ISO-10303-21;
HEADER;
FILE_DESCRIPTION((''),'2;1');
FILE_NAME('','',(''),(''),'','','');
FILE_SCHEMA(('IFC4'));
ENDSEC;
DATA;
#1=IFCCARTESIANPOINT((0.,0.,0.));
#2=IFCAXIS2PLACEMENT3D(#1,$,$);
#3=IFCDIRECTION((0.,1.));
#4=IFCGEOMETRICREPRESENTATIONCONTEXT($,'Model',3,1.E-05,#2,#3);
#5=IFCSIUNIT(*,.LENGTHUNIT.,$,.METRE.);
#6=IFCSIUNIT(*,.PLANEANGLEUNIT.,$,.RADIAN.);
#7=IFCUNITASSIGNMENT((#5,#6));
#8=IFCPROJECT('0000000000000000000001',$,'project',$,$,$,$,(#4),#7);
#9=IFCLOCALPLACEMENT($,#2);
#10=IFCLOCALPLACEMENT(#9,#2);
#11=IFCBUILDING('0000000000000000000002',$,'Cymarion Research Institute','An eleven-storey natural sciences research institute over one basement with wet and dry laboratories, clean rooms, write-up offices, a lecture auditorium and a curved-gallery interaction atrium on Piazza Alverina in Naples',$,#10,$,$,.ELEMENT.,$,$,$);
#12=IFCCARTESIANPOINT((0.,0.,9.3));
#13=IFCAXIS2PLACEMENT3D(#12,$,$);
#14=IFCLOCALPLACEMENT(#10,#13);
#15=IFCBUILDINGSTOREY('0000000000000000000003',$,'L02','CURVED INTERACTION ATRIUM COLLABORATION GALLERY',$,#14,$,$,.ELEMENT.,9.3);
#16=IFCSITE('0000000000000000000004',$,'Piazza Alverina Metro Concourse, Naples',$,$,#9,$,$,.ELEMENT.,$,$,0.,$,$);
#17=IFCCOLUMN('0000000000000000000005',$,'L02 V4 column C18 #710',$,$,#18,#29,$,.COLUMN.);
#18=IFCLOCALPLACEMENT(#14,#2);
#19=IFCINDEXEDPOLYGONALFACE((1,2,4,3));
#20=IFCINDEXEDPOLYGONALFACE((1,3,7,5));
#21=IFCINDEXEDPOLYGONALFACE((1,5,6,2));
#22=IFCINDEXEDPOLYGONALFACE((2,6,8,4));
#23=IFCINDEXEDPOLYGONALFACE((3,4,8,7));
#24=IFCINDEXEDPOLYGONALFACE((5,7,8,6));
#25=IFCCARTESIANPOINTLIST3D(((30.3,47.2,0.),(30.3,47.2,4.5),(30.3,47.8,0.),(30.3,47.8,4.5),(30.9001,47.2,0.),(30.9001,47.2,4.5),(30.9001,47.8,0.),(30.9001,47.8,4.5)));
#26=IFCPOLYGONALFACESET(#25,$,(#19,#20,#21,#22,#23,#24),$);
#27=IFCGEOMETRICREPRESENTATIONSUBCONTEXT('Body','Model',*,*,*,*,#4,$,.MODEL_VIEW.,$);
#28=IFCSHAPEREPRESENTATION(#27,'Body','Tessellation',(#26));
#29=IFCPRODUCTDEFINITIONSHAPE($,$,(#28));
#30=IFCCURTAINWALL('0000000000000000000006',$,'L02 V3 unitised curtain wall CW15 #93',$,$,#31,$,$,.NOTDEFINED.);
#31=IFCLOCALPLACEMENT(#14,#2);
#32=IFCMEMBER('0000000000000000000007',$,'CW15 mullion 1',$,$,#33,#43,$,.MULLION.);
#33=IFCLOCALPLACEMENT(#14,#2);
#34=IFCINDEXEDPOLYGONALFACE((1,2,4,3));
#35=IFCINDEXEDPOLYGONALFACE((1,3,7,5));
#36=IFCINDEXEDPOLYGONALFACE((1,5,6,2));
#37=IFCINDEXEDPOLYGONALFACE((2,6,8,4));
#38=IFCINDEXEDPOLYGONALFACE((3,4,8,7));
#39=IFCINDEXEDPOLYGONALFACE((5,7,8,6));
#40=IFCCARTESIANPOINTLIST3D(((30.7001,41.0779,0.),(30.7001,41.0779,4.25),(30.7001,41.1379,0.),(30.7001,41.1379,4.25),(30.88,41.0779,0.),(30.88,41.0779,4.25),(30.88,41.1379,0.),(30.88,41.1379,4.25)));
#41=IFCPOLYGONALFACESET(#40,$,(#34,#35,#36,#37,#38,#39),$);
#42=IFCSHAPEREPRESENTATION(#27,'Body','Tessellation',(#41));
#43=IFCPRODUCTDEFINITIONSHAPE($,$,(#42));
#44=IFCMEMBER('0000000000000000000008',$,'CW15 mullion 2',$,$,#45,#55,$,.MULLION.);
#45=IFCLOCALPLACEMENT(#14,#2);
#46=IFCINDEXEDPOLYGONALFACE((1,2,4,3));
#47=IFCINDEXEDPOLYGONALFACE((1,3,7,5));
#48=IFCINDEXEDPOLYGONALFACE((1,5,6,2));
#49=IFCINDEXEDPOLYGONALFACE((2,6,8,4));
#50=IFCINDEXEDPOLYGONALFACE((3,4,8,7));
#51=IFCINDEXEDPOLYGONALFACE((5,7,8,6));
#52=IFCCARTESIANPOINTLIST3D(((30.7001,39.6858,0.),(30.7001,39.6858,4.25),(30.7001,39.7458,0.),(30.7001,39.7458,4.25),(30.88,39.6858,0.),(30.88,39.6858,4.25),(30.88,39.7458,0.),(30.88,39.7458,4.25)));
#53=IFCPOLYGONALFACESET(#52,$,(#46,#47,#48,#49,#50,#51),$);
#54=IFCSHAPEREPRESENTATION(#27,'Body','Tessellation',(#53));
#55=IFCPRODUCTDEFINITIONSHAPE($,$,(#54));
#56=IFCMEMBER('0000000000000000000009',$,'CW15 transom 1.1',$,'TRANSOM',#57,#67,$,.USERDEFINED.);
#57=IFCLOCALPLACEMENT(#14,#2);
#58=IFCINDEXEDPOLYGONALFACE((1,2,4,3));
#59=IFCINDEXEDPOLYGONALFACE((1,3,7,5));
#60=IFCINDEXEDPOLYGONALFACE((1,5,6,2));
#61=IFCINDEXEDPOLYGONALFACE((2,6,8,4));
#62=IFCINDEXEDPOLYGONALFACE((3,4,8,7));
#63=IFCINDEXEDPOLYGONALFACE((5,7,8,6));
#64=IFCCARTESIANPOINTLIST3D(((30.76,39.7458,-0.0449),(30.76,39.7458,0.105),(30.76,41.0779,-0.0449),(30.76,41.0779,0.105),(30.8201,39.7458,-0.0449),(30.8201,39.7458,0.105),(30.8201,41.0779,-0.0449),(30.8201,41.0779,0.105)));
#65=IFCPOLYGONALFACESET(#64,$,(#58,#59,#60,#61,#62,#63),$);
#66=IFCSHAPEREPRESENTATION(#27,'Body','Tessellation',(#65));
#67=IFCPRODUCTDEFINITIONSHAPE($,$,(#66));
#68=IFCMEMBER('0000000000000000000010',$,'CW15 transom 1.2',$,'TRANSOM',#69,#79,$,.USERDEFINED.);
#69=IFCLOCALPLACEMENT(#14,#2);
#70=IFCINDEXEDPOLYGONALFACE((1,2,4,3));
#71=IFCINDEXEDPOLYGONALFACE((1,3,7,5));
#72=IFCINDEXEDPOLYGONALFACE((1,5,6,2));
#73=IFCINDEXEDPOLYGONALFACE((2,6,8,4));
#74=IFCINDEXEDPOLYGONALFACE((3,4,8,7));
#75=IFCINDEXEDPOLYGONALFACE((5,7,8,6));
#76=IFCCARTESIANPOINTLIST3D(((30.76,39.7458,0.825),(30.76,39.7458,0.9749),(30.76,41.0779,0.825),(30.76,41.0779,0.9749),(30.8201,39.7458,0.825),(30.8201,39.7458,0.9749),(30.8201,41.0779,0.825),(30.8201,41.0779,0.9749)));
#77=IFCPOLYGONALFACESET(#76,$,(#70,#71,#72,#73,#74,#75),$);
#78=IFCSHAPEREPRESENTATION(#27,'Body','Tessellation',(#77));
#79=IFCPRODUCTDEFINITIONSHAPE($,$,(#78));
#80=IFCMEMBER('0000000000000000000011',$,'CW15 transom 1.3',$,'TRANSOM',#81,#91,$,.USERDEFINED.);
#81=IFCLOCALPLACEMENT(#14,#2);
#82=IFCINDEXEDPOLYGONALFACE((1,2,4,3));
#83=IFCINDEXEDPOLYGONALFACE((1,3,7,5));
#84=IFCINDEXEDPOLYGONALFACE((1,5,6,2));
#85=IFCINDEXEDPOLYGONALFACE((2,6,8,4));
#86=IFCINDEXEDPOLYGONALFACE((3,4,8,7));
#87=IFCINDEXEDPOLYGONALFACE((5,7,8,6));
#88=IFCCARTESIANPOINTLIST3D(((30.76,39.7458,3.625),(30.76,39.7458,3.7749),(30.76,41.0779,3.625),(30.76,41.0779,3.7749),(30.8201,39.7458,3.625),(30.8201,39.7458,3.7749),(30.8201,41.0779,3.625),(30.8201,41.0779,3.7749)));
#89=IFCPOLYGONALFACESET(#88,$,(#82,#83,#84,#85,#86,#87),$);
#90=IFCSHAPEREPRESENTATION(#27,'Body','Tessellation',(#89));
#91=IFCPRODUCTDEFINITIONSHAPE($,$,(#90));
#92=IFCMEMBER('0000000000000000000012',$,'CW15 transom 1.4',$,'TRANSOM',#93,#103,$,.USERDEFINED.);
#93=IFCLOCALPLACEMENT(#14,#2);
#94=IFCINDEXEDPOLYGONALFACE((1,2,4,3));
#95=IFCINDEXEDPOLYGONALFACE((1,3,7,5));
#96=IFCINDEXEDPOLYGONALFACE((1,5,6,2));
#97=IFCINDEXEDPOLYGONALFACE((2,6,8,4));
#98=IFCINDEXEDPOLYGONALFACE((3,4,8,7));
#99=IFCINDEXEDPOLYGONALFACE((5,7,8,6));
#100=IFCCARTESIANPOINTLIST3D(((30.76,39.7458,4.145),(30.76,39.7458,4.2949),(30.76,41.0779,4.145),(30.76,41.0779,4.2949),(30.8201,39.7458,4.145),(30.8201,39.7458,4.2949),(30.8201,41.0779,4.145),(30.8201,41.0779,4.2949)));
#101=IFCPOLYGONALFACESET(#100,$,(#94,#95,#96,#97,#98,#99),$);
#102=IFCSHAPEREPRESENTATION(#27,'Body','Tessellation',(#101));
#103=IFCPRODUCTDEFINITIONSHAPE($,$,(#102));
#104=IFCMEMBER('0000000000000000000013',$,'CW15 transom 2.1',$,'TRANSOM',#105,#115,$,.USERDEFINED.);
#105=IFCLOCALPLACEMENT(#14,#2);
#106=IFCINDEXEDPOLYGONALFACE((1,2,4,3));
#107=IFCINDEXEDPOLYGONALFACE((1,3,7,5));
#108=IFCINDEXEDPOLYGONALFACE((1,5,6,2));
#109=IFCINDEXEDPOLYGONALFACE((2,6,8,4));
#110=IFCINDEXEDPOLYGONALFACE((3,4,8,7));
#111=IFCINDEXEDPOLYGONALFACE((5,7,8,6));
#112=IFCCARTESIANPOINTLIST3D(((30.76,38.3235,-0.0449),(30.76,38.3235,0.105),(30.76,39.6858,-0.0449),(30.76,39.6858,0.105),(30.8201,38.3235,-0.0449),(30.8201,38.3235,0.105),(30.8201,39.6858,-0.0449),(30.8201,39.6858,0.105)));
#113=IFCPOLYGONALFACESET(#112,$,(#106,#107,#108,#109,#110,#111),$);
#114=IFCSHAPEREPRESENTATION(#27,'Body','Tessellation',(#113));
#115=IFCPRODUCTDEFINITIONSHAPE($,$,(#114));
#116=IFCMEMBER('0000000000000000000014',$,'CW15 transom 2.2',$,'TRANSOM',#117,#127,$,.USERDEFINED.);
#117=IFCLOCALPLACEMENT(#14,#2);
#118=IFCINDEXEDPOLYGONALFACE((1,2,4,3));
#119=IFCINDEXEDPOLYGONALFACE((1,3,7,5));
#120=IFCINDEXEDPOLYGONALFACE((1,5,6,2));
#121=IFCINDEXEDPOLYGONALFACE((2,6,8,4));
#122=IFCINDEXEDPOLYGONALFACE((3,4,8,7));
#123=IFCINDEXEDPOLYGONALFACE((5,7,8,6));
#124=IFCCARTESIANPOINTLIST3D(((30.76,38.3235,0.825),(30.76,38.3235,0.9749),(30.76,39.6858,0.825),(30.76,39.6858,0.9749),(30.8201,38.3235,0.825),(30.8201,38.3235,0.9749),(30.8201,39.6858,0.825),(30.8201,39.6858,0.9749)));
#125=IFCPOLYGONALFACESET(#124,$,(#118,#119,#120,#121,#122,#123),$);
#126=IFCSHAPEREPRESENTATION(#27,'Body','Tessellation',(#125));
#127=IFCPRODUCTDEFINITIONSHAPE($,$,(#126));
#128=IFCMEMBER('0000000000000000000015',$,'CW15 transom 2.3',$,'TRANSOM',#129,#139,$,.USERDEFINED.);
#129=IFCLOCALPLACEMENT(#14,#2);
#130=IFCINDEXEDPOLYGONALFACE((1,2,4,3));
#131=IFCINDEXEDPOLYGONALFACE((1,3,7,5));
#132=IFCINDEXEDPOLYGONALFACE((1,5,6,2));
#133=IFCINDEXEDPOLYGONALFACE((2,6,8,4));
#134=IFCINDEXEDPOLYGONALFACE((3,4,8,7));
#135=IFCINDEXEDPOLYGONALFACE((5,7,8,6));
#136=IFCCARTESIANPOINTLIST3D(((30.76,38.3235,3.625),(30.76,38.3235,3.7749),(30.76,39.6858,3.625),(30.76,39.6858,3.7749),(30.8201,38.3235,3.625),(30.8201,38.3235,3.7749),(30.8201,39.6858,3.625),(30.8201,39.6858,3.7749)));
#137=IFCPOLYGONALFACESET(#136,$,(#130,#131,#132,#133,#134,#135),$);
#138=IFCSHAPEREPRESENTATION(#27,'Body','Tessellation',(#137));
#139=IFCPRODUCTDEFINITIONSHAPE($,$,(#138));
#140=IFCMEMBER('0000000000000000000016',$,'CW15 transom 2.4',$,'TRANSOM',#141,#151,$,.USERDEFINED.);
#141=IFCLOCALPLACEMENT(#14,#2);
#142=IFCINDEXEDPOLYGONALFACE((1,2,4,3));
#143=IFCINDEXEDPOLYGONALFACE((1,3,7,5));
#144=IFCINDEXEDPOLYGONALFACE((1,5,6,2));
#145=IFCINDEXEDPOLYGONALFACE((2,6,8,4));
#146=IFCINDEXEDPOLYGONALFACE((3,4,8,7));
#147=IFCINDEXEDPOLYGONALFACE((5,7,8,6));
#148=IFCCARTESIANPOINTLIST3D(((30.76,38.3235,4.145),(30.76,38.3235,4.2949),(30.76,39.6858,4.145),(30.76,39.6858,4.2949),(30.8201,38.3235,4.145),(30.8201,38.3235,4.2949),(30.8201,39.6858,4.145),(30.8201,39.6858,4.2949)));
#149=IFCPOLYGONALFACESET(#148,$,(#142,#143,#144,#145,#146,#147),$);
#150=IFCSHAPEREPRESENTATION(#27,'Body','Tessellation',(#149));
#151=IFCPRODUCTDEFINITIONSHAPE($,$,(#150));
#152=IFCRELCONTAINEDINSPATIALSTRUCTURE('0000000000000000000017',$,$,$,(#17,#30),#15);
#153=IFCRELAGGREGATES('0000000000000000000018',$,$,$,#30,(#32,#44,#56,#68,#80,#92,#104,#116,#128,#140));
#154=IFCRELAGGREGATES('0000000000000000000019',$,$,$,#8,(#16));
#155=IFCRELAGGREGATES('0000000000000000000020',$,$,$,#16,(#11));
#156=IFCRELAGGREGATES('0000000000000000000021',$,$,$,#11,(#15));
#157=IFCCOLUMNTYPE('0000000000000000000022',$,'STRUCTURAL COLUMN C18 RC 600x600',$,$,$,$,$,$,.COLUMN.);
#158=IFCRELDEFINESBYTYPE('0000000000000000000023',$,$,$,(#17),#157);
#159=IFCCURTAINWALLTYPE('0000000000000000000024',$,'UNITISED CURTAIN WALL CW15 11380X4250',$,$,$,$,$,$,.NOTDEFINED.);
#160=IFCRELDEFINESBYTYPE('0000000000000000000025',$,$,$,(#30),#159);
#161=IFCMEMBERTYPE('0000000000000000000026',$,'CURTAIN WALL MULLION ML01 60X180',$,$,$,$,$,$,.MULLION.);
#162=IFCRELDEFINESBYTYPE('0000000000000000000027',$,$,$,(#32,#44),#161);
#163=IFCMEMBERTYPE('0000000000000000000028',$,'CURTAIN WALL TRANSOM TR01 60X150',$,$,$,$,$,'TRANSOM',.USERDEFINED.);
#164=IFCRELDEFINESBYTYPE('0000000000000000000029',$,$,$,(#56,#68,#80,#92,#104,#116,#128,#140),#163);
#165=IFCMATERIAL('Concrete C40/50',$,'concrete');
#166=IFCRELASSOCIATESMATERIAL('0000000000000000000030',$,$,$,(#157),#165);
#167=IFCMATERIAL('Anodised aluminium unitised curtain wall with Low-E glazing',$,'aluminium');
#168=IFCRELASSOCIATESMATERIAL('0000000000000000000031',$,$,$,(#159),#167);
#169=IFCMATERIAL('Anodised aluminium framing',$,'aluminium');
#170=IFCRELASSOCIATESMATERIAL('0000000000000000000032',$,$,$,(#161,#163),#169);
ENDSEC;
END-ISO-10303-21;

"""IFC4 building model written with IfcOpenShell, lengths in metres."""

from ifc_helpers import new_model, si_unit, direction, frame, origin, origin_2d, place, context, subcontext, project, spatial, rectangle, extrude, material, material_profile, profile_set, type_object, element, aggregate, save


model = new_model("IFC4")

# Units and contexts
model_context = context("Model", 3, precision=1e-05, world=origin(), true_north=direction((0.0, 1.0)))
body_context = subcontext(model_context, "Body", "Model", "MODEL_VIEW")
ifc_project = project(units=[si_unit("LENGTHUNIT", "METRE"), si_unit("PLANEANGLEUNIT", "RADIAN")], contexts=[model_context])

# Site, building, storey
site_placement = place(None, origin())
site = spatial("IfcSite", under=ifc_project, at=site_placement, Name="Piazza Alverina Metro Concourse, Naples", CompositionType="ELEMENT", RefElevation=0.0)
building_placement = place(site_placement, origin())
building = spatial("IfcBuilding", under=site, at=building_placement, Name="Cymarion Research Institute", Description="An eleven-storey natural sciences research institute over one basement with wet and dry laboratories, clean rooms, write-up offices, a lecture auditorium and a curved-gallery interaction atrium on Piazza Alverina in Naples", CompositionType="ELEMENT")
storey_placement = place(building_placement, frame((0.0, 0.0, 9.3)))
storey = spatial("IfcBuildingStorey", under=building, at=storey_placement, Name="L02", Description="CURVED INTERACTION ATRIUM COLLABORATION GALLERY", CompositionType="ELEMENT", Elevation=9.3)

# Column
ifc_material_1 = material(Name="Concrete C40/50", Category="concrete")
ifc_material_profile_1 = material_profile(ifc_material_1, rectangle(XDim=0.6001, YDim=0.6001, at=origin_2d()), Name="RC 600x600")
ifc_profile_set_1 = profile_set([ifc_material_profile_1], Name="Concrete C40/50")
column_type = type_object("IfcColumnType", Name="STRUCTURAL COLUMN C18 RC 600x600", PredefinedType="COLUMN", material=ifc_profile_set_1)
column_placement = place(storey_placement, frame((30.6001, 47.5, 0.0), z_axis=(0.0, 0.0, 1.0), x_axis=(1.0, 0.0, 0.0)))
element("IfcColumn", 1, at=column_placement, inside=storey, type_object=column_type, Name="L02 V4 column C18 #710", PredefinedType="COLUMN", context=body_context, shape_type="SweptSolid", body=[
    extrude(rectangle(XDim=0.6001, YDim=0.6001, at=origin_2d()), origin(), (0.0, 0.0, 1.0), 4.5),
])

# Curtain wall, members
ifc_material_2 = material(Name="Anodised aluminium unitised curtain wall with Low-E glazing", Category="aluminium")
curtain_wall_type = type_object("IfcCurtainWallType", Name="UNITISED CURTAIN WALL CW15 11380X4250", PredefinedType="NOTDEFINED", material=ifc_material_2)
curtain_wall_placement = place(storey_placement, origin())
curtain_wall = element("IfcCurtainWall", 2, at=curtain_wall_placement, inside=storey, type_object=curtain_wall_type, Name="L02 V3 unitised curtain wall CW15 #93", PredefinedType="NOTDEFINED")
ifc_material_3 = material(Name="Anodised aluminium framing", Category="aluminium")
ifc_material_profile_2 = material_profile(ifc_material_3, rectangle(XDim=0.0601, YDim=0.1799, at=origin_2d()), Name="ALU MULLION 60x180")
ifc_profile_set_2 = profile_set([ifc_material_profile_2], Name="Anodised aluminium framing")
member_type_1 = type_object("IfcMemberType", Name="CURTAIN WALL MULLION ML01 60X180", PredefinedType="MULLION", material=ifc_profile_set_2)
member_1_placement = place(storey_placement, frame((30.79, 41.1079, 0.0), z_axis=(0.0, 0.0, 1.0), x_axis=(0.0, -1.0, 0.0)))
member_1 = element("IfcMember", 3, at=member_1_placement, type_object=member_type_1, Name="CW15 mullion 1", PredefinedType="MULLION", context=body_context, shape_type="SweptSolid", body=[
    extrude(rectangle(XDim=0.0601, YDim=0.1799, at=origin_2d()), origin(), (0.0, 0.0, 1.0), 4.25),
])
member_2_placement = place(storey_placement, frame((30.79, 39.7158, 0.0), z_axis=(0.0, 0.0, 1.0), x_axis=(0.0, -1.0, 0.0)))
member_2 = element("IfcMember", 4, at=member_2_placement, type_object=member_type_1, Name="CW15 mullion 2", PredefinedType="MULLION", context=body_context, shape_type="SweptSolid", body=[
    extrude(rectangle(XDim=0.0601, YDim=0.1799, at=origin_2d()), origin(), (0.0, 0.0, 1.0), 4.25),
])
ifc_material_profile_3 = material_profile(ifc_material_3, rectangle(XDim=0.0601, YDim=0.1499, at=origin_2d()), Name="ALU TRANSOM 60x150")
ifc_profile_set_3 = profile_set([ifc_material_profile_3], Name="Anodised aluminium framing")
member_type_2 = type_object("IfcMemberType", Name="CURTAIN WALL TRANSOM TR01 60X150", ElementType="TRANSOM", PredefinedType="USERDEFINED", material=ifc_profile_set_3)
member_3_placement = place(storey_placement, frame((30.79, 41.0779, 0.03), z_axis=(0.0, -1.0, 0.0), x_axis=(1.0, 0.0, 0.0)))
member_3 = element("IfcMember", 5, at=member_3_placement, type_object=member_type_2, Name="CW15 transom 1.1", ObjectType="TRANSOM", PredefinedType="USERDEFINED", context=body_context, shape_type="SweptSolid", body=[
    extrude(rectangle(XDim=0.0601, YDim=0.1499, at=origin_2d()), origin(), (0.0, 0.0, 1.0), 1.332),
])
member_4_placement = place(storey_placement, frame((30.79, 41.0779, 0.8999), z_axis=(0.0, -1.0, 0.0), x_axis=(1.0, 0.0, 0.0)))
member_4 = element("IfcMember", 6, at=member_4_placement, type_object=member_type_2, Name="CW15 transom 1.2", ObjectType="TRANSOM", PredefinedType="USERDEFINED", context=body_context, shape_type="SweptSolid", body=[
    extrude(rectangle(XDim=0.0601, YDim=0.1499, at=origin_2d()), origin(), (0.0, 0.0, 1.0), 1.332),
])
member_5_placement = place(storey_placement, frame((30.79, 41.0779, 3.7), z_axis=(0.0, -1.0, 0.0), x_axis=(1.0, 0.0, 0.0)))
member_5 = element("IfcMember", 7, at=member_5_placement, type_object=member_type_2, Name="CW15 transom 1.3", ObjectType="TRANSOM", PredefinedType="USERDEFINED", context=body_context, shape_type="SweptSolid", body=[
    extrude(rectangle(XDim=0.0601, YDim=0.1499, at=origin_2d()), origin(), (0.0, 0.0, 1.0), 1.332),
])
member_6_placement = place(storey_placement, frame((30.79, 41.0779, 4.22), z_axis=(0.0, -1.0, 0.0), x_axis=(1.0, 0.0, 0.0)))
member_6 = element("IfcMember", 8, at=member_6_placement, type_object=member_type_2, Name="CW15 transom 1.4", ObjectType="TRANSOM", PredefinedType="USERDEFINED", context=body_context, shape_type="SweptSolid", body=[
    extrude(rectangle(XDim=0.0601, YDim=0.1499, at=origin_2d()), origin(), (0.0, 0.0, 1.0), 1.332),
])
member_7_placement = place(storey_placement, frame((30.79, 39.6858, 0.03), z_axis=(0.0, -1.0, 0.0), x_axis=(1.0, 0.0, 0.0)))
member_7 = element("IfcMember", 9, at=member_7_placement, type_object=member_type_2, Name="CW15 transom 2.1", ObjectType="TRANSOM", PredefinedType="USERDEFINED", context=body_context, shape_type="SweptSolid", body=[
    extrude(rectangle(XDim=0.0601, YDim=0.1499, at=origin_2d()), origin(), (0.0, 0.0, 1.0), 1.3623),
])
member_8_placement = place(storey_placement, frame((30.79, 39.6858, 0.8999), z_axis=(0.0, -1.0, 0.0), x_axis=(1.0, 0.0, 0.0)))
member_8 = element("IfcMember", 10, at=member_8_placement, type_object=member_type_2, Name="CW15 transom 2.2", ObjectType="TRANSOM", PredefinedType="USERDEFINED", context=body_context, shape_type="SweptSolid", body=[
    extrude(rectangle(XDim=0.0601, YDim=0.1499, at=origin_2d()), origin(), (0.0, 0.0, 1.0), 1.3623),
])
member_9_placement = place(storey_placement, frame((30.79, 39.6858, 3.7), z_axis=(0.0, -1.0, 0.0), x_axis=(1.0, 0.0, 0.0)))
member_9 = element("IfcMember", 11, at=member_9_placement, type_object=member_type_2, Name="CW15 transom 2.3", ObjectType="TRANSOM", PredefinedType="USERDEFINED", context=body_context, shape_type="SweptSolid", body=[
    extrude(rectangle(XDim=0.0601, YDim=0.1499, at=origin_2d()), origin(), (0.0, 0.0, 1.0), 1.3623),
])
member_10_placement = place(storey_placement, frame((30.79, 39.6858, 4.22), z_axis=(0.0, -1.0, 0.0), x_axis=(1.0, 0.0, 0.0)))
member_10 = element("IfcMember", 12, at=member_10_placement, type_object=member_type_2, Name="CW15 transom 2.4", ObjectType="TRANSOM", PredefinedType="USERDEFINED", context=body_context, shape_type="SweptSolid", body=[
    extrude(rectangle(XDim=0.0601, YDim=0.1499, at=origin_2d()), origin(), (0.0, 0.0, 1.0), 1.3623),
])

aggregate(curtain_wall, [member_1, member_2, member_3, member_4, member_5, member_6, member_7, member_8, member_9, member_10])

save(model, "model.ifc")
